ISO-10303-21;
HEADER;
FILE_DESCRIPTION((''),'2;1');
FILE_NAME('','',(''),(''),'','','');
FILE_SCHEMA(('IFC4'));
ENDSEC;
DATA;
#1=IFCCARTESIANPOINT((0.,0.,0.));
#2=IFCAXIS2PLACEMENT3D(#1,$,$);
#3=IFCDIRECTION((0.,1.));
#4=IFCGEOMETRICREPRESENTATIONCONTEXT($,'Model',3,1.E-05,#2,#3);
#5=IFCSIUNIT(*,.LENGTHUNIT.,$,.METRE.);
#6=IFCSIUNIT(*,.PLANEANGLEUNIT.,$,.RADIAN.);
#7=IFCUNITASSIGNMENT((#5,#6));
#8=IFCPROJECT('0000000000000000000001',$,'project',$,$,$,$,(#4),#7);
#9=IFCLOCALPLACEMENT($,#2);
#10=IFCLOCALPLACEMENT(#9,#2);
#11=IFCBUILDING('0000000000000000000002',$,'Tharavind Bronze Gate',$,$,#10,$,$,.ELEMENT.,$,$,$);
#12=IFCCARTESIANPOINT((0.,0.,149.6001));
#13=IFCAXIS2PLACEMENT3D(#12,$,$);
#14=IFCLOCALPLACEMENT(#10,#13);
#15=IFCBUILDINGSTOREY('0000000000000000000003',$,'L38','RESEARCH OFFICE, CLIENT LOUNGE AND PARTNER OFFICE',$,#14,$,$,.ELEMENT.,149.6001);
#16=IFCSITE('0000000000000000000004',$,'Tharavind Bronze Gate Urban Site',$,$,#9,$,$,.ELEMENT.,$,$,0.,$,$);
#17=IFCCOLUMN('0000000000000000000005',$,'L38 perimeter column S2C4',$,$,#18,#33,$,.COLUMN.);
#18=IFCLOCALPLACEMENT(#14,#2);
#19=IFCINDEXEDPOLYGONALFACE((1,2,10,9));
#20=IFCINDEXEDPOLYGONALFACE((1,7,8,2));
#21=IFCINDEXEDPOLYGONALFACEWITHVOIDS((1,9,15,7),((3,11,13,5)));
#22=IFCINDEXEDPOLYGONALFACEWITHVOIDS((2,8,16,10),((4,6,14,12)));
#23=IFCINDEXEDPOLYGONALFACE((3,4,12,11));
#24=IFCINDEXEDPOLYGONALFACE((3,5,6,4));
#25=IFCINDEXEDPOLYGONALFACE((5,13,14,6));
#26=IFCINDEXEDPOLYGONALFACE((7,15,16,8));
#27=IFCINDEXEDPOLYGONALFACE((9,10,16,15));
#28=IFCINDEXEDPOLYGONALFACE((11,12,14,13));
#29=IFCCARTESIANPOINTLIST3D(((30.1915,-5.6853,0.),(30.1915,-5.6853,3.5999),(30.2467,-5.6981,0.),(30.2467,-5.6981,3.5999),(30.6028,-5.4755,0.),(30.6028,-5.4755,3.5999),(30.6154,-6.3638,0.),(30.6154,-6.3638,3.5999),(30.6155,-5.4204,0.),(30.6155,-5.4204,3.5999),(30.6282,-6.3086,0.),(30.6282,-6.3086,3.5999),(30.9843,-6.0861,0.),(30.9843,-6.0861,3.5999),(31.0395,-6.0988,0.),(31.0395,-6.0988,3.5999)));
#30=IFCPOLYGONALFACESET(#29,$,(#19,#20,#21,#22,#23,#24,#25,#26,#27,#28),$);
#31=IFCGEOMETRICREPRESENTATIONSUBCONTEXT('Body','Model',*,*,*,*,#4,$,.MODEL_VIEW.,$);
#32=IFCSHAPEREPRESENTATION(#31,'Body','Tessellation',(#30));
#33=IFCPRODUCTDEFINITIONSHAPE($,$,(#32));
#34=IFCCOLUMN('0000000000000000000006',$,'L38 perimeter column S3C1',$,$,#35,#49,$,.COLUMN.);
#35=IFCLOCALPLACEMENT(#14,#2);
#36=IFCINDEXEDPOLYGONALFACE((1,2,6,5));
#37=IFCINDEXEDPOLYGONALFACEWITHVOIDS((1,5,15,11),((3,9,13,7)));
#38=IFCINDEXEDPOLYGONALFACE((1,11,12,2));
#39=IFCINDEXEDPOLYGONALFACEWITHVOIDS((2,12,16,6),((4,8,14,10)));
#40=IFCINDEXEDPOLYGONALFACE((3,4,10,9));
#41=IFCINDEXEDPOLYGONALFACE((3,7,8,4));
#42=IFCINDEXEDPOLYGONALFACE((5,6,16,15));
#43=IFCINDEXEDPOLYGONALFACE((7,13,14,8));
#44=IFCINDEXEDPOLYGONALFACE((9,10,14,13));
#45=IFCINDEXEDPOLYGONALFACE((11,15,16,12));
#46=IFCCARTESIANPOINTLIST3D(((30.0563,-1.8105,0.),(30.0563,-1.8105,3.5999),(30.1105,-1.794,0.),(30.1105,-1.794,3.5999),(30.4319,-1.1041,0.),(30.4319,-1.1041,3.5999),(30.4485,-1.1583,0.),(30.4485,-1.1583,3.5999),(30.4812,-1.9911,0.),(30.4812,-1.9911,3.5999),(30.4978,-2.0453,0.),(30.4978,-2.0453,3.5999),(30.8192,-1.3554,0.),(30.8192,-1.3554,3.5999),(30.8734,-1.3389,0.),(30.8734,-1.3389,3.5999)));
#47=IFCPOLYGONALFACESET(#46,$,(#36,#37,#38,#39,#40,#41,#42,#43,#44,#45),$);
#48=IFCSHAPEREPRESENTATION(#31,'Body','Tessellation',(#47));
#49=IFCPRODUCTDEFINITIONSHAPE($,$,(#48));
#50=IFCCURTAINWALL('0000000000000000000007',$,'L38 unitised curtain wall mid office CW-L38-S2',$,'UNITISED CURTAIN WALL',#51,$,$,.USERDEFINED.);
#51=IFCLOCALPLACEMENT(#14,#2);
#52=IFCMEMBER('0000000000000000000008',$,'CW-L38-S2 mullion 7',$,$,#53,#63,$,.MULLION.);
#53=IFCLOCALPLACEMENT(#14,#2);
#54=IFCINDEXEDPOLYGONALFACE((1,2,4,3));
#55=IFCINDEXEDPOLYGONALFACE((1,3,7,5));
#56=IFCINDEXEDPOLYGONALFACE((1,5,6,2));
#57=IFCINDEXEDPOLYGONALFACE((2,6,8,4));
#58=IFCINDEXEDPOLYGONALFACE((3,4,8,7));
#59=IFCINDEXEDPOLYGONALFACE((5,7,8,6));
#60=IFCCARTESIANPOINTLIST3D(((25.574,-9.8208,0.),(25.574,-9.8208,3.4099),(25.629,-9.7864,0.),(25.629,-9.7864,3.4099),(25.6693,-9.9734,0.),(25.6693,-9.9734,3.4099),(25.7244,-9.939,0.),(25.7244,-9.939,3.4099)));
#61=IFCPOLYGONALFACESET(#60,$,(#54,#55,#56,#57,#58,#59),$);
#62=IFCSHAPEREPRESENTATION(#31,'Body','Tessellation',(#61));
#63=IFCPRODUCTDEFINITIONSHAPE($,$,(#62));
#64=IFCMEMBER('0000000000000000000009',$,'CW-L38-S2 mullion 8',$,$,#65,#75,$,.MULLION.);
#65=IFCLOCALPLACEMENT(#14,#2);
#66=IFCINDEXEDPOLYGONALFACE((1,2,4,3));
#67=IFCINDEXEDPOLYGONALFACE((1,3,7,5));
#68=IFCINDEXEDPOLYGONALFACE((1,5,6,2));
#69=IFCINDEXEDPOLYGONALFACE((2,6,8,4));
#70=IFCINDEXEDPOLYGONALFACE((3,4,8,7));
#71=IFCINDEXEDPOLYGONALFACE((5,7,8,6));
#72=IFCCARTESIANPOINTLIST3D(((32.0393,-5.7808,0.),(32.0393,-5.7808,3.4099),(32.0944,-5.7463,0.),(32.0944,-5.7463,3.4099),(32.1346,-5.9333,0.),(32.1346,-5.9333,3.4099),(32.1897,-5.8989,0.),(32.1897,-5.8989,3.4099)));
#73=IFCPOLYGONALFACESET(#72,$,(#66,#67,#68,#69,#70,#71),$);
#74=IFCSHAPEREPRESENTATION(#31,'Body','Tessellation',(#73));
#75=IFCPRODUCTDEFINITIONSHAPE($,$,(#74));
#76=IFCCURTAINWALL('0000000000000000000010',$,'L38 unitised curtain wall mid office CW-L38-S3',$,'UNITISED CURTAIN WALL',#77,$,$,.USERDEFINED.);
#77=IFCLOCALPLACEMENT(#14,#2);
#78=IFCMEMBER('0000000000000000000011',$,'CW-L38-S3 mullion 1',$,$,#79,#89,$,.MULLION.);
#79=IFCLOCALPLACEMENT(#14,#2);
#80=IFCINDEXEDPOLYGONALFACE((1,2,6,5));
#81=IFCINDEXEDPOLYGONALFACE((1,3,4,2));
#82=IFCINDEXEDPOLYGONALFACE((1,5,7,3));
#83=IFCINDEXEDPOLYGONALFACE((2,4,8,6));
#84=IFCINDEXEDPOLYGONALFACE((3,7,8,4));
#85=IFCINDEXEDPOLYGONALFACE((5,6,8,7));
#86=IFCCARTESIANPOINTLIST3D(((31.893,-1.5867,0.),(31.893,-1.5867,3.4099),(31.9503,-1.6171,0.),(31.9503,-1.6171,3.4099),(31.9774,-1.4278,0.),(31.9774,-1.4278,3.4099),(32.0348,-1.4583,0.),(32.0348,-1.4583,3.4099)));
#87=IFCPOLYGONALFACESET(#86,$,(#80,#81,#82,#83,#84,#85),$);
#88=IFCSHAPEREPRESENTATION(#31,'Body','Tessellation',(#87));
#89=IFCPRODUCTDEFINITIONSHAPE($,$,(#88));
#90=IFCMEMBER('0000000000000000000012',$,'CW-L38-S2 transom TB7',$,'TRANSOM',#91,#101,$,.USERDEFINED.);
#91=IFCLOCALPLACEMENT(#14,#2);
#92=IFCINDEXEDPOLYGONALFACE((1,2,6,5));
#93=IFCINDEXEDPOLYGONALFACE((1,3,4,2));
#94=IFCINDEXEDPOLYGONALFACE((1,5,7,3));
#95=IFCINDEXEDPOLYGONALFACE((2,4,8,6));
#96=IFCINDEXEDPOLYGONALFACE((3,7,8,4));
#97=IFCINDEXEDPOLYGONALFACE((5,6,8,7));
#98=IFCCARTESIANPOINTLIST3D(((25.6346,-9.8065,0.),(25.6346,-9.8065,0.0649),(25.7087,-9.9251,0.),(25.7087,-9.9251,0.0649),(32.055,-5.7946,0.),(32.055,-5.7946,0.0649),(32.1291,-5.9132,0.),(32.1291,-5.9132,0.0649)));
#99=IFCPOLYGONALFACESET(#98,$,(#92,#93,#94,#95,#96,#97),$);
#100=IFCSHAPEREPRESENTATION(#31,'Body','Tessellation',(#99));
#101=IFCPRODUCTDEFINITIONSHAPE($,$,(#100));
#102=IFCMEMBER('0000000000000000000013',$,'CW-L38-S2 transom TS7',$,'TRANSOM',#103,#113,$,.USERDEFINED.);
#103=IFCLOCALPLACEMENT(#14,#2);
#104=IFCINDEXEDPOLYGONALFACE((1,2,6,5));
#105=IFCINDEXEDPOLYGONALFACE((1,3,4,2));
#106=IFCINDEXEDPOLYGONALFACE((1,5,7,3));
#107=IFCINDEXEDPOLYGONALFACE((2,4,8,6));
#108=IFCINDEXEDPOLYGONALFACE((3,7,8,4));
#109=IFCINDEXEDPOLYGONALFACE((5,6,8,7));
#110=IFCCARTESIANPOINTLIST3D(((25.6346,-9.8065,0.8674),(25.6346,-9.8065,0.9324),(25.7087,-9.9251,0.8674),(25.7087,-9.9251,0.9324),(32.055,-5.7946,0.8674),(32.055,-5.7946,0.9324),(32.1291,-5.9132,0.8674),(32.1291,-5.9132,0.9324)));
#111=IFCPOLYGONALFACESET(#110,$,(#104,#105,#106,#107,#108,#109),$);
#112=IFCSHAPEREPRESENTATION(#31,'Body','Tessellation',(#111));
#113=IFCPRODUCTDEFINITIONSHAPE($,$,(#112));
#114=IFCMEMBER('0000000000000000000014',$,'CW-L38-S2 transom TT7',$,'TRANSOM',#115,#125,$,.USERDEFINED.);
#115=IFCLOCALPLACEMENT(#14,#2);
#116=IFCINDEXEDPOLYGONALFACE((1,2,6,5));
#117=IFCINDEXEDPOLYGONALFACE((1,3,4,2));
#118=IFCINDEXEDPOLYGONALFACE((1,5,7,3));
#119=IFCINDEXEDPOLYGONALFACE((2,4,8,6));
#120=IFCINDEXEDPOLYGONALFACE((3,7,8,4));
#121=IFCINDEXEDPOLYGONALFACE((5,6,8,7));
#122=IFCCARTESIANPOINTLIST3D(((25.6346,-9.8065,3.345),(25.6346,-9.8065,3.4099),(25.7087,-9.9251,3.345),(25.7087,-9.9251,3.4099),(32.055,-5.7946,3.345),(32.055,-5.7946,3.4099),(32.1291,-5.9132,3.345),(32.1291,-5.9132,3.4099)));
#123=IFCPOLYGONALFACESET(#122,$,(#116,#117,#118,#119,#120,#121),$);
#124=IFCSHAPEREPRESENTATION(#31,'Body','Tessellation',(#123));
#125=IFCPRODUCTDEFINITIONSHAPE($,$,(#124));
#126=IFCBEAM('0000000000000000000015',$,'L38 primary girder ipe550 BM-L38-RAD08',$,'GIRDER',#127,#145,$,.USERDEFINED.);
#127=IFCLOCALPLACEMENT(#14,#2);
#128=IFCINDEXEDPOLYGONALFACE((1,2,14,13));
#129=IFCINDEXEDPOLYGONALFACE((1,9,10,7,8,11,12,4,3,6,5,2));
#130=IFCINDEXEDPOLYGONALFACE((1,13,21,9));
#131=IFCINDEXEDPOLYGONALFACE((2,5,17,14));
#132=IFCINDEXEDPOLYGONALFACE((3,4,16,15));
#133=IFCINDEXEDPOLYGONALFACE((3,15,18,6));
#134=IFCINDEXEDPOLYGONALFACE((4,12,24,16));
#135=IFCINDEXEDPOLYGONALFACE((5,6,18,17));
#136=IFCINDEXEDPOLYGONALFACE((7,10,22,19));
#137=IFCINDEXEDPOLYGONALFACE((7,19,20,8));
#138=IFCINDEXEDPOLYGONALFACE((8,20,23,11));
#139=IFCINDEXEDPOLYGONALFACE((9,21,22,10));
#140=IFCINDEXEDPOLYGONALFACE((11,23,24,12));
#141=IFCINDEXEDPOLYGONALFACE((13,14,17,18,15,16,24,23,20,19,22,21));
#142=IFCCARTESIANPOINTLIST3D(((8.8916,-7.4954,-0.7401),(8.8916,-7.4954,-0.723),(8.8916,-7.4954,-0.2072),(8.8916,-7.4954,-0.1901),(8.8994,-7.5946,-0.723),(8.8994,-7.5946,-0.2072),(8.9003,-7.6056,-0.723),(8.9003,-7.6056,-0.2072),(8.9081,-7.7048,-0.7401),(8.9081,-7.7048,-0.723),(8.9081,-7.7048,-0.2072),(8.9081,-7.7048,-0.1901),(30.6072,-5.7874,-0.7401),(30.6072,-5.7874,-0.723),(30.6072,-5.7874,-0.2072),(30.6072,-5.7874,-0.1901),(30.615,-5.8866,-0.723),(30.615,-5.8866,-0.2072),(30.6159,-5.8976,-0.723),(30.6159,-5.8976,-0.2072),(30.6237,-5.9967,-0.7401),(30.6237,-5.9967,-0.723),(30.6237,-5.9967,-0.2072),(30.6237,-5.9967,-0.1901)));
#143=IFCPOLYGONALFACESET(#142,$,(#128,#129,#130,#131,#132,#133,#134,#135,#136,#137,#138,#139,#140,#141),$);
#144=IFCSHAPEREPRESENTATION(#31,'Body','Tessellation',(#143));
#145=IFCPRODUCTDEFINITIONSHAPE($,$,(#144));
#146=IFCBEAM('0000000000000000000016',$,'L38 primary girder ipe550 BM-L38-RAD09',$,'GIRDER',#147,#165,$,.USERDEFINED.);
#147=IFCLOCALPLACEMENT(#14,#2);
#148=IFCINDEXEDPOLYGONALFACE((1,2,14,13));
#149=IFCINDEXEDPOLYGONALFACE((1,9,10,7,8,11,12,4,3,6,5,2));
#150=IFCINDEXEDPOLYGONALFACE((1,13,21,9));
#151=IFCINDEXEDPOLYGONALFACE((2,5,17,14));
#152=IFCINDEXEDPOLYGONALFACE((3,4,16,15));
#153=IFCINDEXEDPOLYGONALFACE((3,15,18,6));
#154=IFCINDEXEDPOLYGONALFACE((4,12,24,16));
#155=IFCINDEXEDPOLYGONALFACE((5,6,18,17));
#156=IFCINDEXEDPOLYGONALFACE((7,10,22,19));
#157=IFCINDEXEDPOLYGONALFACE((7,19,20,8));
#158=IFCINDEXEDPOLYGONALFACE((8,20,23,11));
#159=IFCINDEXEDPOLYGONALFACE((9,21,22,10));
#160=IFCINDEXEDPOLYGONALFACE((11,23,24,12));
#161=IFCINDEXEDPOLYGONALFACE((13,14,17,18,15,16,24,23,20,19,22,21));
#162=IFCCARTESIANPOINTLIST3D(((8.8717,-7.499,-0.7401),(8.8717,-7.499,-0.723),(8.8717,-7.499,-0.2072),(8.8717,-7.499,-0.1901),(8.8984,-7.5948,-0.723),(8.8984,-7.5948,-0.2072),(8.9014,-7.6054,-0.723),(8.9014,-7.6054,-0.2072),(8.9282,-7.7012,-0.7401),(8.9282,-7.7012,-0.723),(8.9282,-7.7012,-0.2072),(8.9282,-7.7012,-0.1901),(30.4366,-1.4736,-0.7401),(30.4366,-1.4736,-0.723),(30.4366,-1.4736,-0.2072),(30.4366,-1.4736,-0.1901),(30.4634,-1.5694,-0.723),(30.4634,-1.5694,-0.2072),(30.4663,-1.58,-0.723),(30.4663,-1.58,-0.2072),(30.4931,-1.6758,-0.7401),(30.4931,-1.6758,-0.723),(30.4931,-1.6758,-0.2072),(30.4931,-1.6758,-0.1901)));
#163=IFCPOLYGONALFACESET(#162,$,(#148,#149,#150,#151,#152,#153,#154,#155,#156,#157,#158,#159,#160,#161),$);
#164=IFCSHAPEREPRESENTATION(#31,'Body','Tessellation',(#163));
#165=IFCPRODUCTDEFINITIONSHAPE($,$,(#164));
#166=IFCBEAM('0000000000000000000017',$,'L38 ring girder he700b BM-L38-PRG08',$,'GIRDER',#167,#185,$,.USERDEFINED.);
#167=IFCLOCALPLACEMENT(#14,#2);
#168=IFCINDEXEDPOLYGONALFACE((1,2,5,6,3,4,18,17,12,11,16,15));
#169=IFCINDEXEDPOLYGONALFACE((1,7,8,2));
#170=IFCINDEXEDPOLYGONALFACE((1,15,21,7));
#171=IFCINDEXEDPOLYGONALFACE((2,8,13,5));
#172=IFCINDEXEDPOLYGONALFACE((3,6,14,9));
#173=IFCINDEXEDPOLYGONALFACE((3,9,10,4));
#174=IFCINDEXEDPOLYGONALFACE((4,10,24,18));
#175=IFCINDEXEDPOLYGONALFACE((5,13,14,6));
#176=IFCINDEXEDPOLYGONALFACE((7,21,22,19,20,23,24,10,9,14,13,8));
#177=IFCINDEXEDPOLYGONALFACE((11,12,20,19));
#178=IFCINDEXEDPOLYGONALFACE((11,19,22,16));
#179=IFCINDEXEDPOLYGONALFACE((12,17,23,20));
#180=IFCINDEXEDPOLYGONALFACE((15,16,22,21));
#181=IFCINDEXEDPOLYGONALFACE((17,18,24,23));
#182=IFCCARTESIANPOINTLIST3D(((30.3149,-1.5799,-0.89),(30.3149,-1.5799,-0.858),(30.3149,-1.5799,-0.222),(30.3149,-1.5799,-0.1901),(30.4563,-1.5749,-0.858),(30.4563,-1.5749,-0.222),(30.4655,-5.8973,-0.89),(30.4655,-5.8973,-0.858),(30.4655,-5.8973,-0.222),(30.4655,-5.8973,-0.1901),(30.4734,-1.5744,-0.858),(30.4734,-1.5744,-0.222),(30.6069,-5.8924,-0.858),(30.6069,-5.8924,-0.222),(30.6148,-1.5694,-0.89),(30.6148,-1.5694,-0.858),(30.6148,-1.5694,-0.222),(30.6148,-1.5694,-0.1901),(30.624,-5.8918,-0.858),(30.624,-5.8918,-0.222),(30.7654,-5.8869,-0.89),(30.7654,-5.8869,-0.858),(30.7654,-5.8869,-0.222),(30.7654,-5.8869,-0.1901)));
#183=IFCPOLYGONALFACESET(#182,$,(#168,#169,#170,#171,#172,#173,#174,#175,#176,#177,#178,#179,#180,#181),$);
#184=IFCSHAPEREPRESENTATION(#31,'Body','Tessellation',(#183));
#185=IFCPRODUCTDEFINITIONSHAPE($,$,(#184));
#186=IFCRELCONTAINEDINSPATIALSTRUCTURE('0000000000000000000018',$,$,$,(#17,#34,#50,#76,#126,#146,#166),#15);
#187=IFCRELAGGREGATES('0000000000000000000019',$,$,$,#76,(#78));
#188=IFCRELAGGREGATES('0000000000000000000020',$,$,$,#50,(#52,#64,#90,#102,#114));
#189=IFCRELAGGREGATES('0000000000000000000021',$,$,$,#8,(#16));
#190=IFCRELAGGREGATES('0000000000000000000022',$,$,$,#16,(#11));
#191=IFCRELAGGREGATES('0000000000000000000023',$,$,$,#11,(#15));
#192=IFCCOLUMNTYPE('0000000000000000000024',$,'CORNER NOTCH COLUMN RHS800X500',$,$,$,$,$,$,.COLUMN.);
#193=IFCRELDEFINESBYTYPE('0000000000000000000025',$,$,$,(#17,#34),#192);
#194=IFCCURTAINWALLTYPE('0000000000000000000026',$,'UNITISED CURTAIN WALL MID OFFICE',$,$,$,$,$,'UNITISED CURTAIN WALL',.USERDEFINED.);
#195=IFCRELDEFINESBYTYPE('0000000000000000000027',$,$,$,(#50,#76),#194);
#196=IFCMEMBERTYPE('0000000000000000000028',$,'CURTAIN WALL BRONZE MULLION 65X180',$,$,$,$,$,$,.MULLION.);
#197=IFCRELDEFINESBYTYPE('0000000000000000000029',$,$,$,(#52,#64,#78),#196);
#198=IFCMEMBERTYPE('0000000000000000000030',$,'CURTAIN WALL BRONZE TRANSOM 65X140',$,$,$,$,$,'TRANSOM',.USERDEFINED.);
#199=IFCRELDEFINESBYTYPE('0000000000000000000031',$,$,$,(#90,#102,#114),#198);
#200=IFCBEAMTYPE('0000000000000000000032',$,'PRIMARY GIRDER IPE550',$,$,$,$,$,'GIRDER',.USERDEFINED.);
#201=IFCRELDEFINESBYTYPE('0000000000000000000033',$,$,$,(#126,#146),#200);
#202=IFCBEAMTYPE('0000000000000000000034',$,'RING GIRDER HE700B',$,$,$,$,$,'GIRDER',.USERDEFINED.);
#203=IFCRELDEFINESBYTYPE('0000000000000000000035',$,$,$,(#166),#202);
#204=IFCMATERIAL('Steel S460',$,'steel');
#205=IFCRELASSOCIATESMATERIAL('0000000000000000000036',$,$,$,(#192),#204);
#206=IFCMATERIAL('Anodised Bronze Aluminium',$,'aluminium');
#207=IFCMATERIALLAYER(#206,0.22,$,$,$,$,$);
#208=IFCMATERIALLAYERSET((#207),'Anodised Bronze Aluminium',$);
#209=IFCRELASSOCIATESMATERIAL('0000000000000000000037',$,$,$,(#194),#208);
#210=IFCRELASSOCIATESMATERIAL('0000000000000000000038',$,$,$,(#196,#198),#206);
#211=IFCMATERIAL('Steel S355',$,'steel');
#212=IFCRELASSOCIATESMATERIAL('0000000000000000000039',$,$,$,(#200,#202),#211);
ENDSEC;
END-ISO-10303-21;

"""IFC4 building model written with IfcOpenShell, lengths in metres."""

from ifc_helpers import new_model, si_unit, direction, frame, origin, origin_2d, place, context, subcontext, project, spatial, rectangle, hollow_rectangle, i_section, extrude, material, layer, layer_set, material_profile, profile_set, type_object, element, aggregate, save


model = new_model("IFC4")

# Units and contexts
model_context = context("Model", 3, precision=1e-05, world=origin(), true_north=direction((0.0, 1.0)))
body_context = subcontext(model_context, "Body", "Model", "MODEL_VIEW")
ifc_project = project(units=[si_unit("LENGTHUNIT", "METRE"), si_unit("PLANEANGLEUNIT", "RADIAN")], contexts=[model_context])

# Site, building, storey
site_placement = place(None, origin())
site = spatial("IfcSite", under=ifc_project, at=site_placement, Name="Tharavind Bronze Gate Urban Site", CompositionType="ELEMENT", RefElevation=0.0)
building_placement = place(site_placement, origin())
building = spatial("IfcBuilding", under=site, at=building_placement, Name="Tharavind Bronze Gate", CompositionType="ELEMENT")
storey_placement = place(building_placement, frame((0.0, 0.0, 149.6001)))
storey = spatial("IfcBuildingStorey", under=building, at=storey_placement, Name="L38", Description="RESEARCH OFFICE, CLIENT LOUNGE AND PARTNER OFFICE", CompositionType="ELEMENT", Elevation=149.6001)

# Columns
ifc_material_1 = material(Name="Steel S460", Category="steel")
ifc_material_profile_1 = material_profile(ifc_material_1, hollow_rectangle(XDim=0.5, YDim=0.8, WallThickness=0.04, at=origin_2d()), Name="RHS800X500X40")
ifc_profile_set_1 = profile_set([ifc_material_profile_1], Name="Steel S460")
column_type = type_object("IfcColumnType", Name="CORNER NOTCH COLUMN RHS800X500", PredefinedType="COLUMN", material=ifc_profile_set_1)
for number, where, z_axis, x_axis, name in (
    (1, (30.6155, -5.8921, 0.0), (0.0, 0.0, 1.0), (0.848047, 0.529921, 0.0), "L38 perimeter column S2C4"),
    (2, (30.4648, -1.5747, 0.0), (0.0, 0.0, 1.0), (-0.882948, 0.46947, 0.0), "L38 perimeter column S3C1"),
):
    element("IfcColumn", number, at=place(storey_placement, frame(where, z_axis=z_axis, x_axis=x_axis)), inside=storey, type_object=column_type, Name=name, PredefinedType="COLUMN", context=body_context, shape_type="SweptSolid", body=[
        extrude(hollow_rectangle(XDim=0.5, YDim=0.8, WallThickness=0.04, at=origin_2d()), origin(), (0.0, 0.0, 1.0), 3.5999),
    ])

# Curtain wall, members
ifc_material_2 = material(Name="Anodised Bronze Aluminium", Category="aluminium")
ifc_layer_1 = layer(ifc_material_2, 0.22)
ifc_layer_set_1 = layer_set([ifc_layer_1], Name="Anodised Bronze Aluminium")
curtain_wall_type = type_object("IfcCurtainWallType", Name="UNITISED CURTAIN WALL MID OFFICE", ElementType="UNITISED CURTAIN WALL", PredefinedType="USERDEFINED", material=ifc_layer_set_1)
curtain_wall_1_placement = place(storey_placement, origin())
curtain_wall_1 = element("IfcCurtainWall", 3, at=curtain_wall_1_placement, inside=storey, type_object=curtain_wall_type, Name="L38 unitised curtain wall mid office CW-L38-S2", ObjectType="UNITISED CURTAIN WALL", PredefinedType="USERDEFINED")
member_type_1 = type_object("IfcMemberType", Name="CURTAIN WALL BRONZE MULLION 65X180", PredefinedType="MULLION", material=ifc_material_2)
member_1_placement = place(storey_placement, frame((25.6492, -9.8799, 0.0), z_axis=(0.0, 0.0, 1.0), x_axis=(0.848048, 0.529919, 0.0)))
member_1 = element("IfcMember", 4, at=member_1_placement, type_object=member_type_1, Name="CW-L38-S2 mullion 7", PredefinedType="MULLION", context=body_context, shape_type="SweptSolid", body=[
    extrude(rectangle(XDim=0.0649, YDim=0.1799, at=origin_2d()), origin(), (0.0, 0.0, 1.0), 3.4099),
])
member_2_placement = place(storey_placement, frame((32.1145, -5.8398, 0.0), z_axis=(0.0, 0.0, 1.0), x_axis=(0.848048, 0.529919, 0.0)))
member_2 = element("IfcMember", 5, at=member_2_placement, type_object=member_type_1, Name="CW-L38-S2 mullion 8", PredefinedType="MULLION", context=body_context, shape_type="SweptSolid", body=[
    extrude(rectangle(XDim=0.0649, YDim=0.1799, at=origin_2d()), origin(), (0.0, 0.0, 1.0), 3.4099),
])

# Curtain wall, member
curtain_wall_2_placement = place(storey_placement, origin())
curtain_wall_2 = element("IfcCurtainWall", 6, at=curtain_wall_2_placement, inside=storey, type_object=curtain_wall_type, Name="L38 unitised curtain wall mid office CW-L38-S3", ObjectType="UNITISED CURTAIN WALL", PredefinedType="USERDEFINED")
member_3_placement = place(storey_placement, frame((31.9639, -1.5225, 0.0), z_axis=(0.0, 0.0, 1.0), x_axis=(-0.882948, 0.469472, 0.0)))
member_3 = element("IfcMember", 7, at=member_3_placement, type_object=member_type_1, Name="CW-L38-S3 mullion 1", PredefinedType="MULLION", context=body_context, shape_type="SweptSolid", body=[
    extrude(rectangle(XDim=0.0649, YDim=0.1799, at=origin_2d()), origin(), (0.0, 0.0, 1.0), 3.4099),
])
aggregate(curtain_wall_2, [member_3])

# Members
member_type_2 = type_object("IfcMemberType", Name="CURTAIN WALL BRONZE TRANSOM 65X140", ElementType="TRANSOM", PredefinedType="USERDEFINED", material=ifc_material_2)
member_4_placement = place(storey_placement, frame((28.8818, -7.8599, 0.0), z_axis=(0.0, 0.0, 1.0), x_axis=(0.848048, 0.529919, 0.0)))
member_4 = element("IfcMember", 8, at=member_4_placement, type_object=member_type_2, Name="CW-L38-S2 transom TB7", ObjectType="TRANSOM", PredefinedType="USERDEFINED", context=body_context, shape_type="SweptSolid", body=[
    extrude(rectangle(XDim=7.5708, YDim=0.1399, at=origin_2d()), origin(), (0.0, 0.0, 1.0), 0.0649),
])
member_5_placement = place(storey_placement, frame((28.8818, -7.8599, 0.8674), z_axis=(0.0, 0.0, 1.0), x_axis=(0.848048, 0.529919, 0.0)))
member_5 = element("IfcMember", 9, at=member_5_placement, type_object=member_type_2, Name="CW-L38-S2 transom TS7", ObjectType="TRANSOM", PredefinedType="USERDEFINED", context=body_context, shape_type="SweptSolid", body=[
    extrude(rectangle(XDim=7.5708, YDim=0.1399, at=origin_2d()), origin(), (0.0, 0.0, 1.0), 0.0649),
])
member_6_placement = place(storey_placement, frame((28.8818, -7.8599, 3.345), z_axis=(0.0, 0.0, 1.0), x_axis=(0.848048, 0.529919, 0.0)))
member_6 = element("IfcMember", 10, at=member_6_placement, type_object=member_type_2, Name="CW-L38-S2 transom TT7", ObjectType="TRANSOM", PredefinedType="USERDEFINED", context=body_context, shape_type="SweptSolid", body=[
    extrude(rectangle(XDim=7.5708, YDim=0.1399, at=origin_2d()), origin(), (0.0, 0.0, 1.0), 0.0649),
])

# Beams
ifc_material_3 = material(Name="Steel S355", Category="steel")
ifc_material_profile_2 = material_profile(ifc_material_3, i_section(OverallWidth=0.21, OverallDepth=0.55, WebThickness=0.011, FlangeThickness=0.0171, at=origin_2d()), Name="IPE550")
ifc_profile_set_2 = profile_set([ifc_material_profile_2], Name="Steel S355")
beam_type_1 = type_object("IfcBeamType", Name="PRIMARY GIRDER IPE550", ElementType="GIRDER", PredefinedType="USERDEFINED", material=ifc_profile_set_2)
beam_1_placement = place(storey_placement, frame((30.6155, -5.8921, -0.4651), z_axis=(-0.996921, -0.078411, 0.0), x_axis=(0.078411, -0.996921, 0.0)))
element("IfcBeam", 11, at=beam_1_placement, inside=storey, type_object=beam_type_1, Name="L38 primary girder ipe550 BM-L38-RAD08", ObjectType="GIRDER", PredefinedType="USERDEFINED", context=body_context, shape_type="SweptSolid", body=[
    extrude(i_section(OverallWidth=0.21, OverallDepth=0.55, WebThickness=0.011, FlangeThickness=0.0171, at=origin_2d()), origin(), (0.0, 0.0, 1.0), 21.7827),
])
beam_2_placement = place(storey_placement, frame((30.4648, -1.5747, -0.4651), z_axis=(-0.963112, -0.2691, 0.0), x_axis=(0.2691, -0.963112, 0.0)))
element("IfcBeam", 12, at=beam_2_placement, inside=storey, type_object=beam_type_1, Name="L38 primary girder ipe550 BM-L38-RAD09", ObjectType="GIRDER", PredefinedType="USERDEFINED", context=body_context, shape_type="SweptSolid", body=[
    extrude(i_section(OverallWidth=0.21, OverallDepth=0.55, WebThickness=0.011, FlangeThickness=0.0171, at=origin_2d()), origin(), (0.0, 0.0, 1.0), 22.3909),
])
ifc_material_profile_3 = material_profile(ifc_material_3, i_section(OverallWidth=0.3, OverallDepth=0.7, WebThickness=0.0171, FlangeThickness=0.032, at=origin_2d()), Name="HE700B")
ifc_profile_set_3 = profile_set([ifc_material_profile_3], Name="Steel S355")
beam_type_2 = type_object("IfcBeamType", Name="RING GIRDER HE700B", ElementType="GIRDER", PredefinedType="USERDEFINED", material=ifc_profile_set_3)
beam_3_placement = place(storey_placement, frame((30.6155, -5.8921, -0.54), z_axis=(-0.034869, 0.999392, 0.0), x_axis=(-0.999392, -0.034869, 0.0)))
element("IfcBeam", 13, at=beam_3_placement, inside=storey, type_object=beam_type_2, Name="L38 ring girder he700b BM-L38-PRG08", ObjectType="GIRDER", PredefinedType="USERDEFINED", context=body_context, shape_type="SweptSolid", body=[
    extrude(i_section(OverallWidth=0.3, OverallDepth=0.7, WebThickness=0.0171, FlangeThickness=0.032, at=origin_2d()), origin(), (0.0, 0.0, 1.0), 4.3201),
])

aggregate(curtain_wall_1, [member_1, member_2, member_4, member_5, member_6])

save(model, "model.ifc")
